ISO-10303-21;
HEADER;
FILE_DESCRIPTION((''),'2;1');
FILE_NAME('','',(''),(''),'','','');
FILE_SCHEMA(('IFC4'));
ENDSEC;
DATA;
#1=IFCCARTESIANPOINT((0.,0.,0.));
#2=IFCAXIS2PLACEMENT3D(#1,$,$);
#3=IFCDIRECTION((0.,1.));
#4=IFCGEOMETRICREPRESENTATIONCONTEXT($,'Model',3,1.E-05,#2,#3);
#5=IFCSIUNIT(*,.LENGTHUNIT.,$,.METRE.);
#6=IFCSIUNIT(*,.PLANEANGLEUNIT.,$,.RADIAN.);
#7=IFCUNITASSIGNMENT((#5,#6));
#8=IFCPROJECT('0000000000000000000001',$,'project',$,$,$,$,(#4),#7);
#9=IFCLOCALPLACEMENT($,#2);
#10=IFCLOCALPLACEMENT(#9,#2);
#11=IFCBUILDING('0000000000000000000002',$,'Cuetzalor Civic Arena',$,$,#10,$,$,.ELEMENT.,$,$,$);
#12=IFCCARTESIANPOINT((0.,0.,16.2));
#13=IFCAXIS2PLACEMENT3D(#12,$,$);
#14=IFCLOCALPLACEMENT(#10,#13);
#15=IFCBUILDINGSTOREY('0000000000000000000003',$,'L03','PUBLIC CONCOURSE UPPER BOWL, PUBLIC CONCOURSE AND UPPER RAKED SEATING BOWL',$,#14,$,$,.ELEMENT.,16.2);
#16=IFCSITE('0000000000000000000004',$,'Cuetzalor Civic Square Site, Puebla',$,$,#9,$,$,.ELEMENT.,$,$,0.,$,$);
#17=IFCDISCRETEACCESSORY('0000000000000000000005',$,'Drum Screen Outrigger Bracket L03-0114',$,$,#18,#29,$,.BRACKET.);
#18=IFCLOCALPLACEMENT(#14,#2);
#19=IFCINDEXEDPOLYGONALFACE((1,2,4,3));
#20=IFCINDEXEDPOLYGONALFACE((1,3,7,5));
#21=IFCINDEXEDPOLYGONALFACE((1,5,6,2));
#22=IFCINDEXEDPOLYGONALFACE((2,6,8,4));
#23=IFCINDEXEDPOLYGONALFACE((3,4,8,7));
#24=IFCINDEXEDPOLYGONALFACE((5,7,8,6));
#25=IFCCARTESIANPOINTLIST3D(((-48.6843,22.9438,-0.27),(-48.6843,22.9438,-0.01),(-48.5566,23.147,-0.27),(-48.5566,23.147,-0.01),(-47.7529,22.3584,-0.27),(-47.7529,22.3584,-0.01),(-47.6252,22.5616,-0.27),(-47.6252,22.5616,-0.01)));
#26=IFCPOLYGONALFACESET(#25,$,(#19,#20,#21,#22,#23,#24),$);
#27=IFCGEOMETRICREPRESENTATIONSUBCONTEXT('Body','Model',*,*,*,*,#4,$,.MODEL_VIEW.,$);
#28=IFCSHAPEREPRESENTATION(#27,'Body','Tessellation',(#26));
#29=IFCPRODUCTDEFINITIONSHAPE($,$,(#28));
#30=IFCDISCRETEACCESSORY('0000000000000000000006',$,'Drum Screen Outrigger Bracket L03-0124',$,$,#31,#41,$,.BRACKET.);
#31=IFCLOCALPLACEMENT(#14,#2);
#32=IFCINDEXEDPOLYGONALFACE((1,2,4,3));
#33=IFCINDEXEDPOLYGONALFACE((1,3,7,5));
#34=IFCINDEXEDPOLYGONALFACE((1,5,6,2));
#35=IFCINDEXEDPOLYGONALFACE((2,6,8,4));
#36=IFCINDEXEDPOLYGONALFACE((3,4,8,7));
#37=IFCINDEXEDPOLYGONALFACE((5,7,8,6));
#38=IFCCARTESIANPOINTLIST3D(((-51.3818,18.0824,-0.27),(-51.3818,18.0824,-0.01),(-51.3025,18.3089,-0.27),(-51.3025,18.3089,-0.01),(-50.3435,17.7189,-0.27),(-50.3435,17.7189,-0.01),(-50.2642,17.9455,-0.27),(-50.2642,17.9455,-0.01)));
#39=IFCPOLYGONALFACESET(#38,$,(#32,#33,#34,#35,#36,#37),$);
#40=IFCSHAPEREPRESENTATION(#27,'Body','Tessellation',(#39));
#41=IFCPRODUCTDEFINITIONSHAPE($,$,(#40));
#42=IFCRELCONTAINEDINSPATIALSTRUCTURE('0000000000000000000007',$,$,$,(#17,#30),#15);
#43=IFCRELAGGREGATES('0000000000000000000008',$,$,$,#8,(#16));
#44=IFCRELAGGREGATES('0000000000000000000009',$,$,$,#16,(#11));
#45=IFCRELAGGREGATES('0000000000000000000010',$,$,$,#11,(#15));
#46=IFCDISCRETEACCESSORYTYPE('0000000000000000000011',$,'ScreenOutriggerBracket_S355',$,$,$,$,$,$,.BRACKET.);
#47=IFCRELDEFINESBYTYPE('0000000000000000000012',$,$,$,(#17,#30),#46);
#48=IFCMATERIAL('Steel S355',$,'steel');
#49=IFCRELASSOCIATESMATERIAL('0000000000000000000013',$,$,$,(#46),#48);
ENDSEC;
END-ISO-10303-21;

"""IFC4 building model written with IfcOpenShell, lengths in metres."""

from ifc_helpers import new_model, si_unit, direction, frame, origin, origin_2d, place, context, subcontext, project, spatial, rectangle, extrude, material, type_object, element, save


model = new_model("IFC4")

# Units and contexts
model_context = context("Model", 3, precision=1e-05, world=origin(), true_north=direction((0.0, 1.0)))
body_context = subcontext(model_context, "Body", "Model", "MODEL_VIEW")
ifc_project = project(units=[si_unit("LENGTHUNIT", "METRE"), si_unit("PLANEANGLEUNIT", "RADIAN")], contexts=[model_context])

# Site, building, storey
site_placement = place(None, origin())
site = spatial("IfcSite", under=ifc_project, at=site_placement, Name="Cuetzalor Civic Square Site, Puebla", CompositionType="ELEMENT", RefElevation=0.0)
building_placement = place(site_placement, origin())
building = spatial("IfcBuilding", under=site, at=building_placement, Name="Cuetzalor Civic Arena", CompositionType="ELEMENT")
storey_placement = place(building_placement, frame((0.0, 0.0, 16.2)))
storey = spatial("IfcBuildingStorey", under=building, at=storey_placement, Name="L03", Description="PUBLIC CONCOURSE UPPER BOWL, PUBLIC CONCOURSE AND UPPER RAKED SEATING BOWL", CompositionType="ELEMENT", Elevation=16.2)

# Discrete accessories
ifc_material_1 = material(Name="Steel S355", Category="steel")
discrete_accessory_type = type_object("IfcDiscreteAccessoryType", Name="ScreenOutriggerBracket_S355", PredefinedType="BRACKET", material=ifc_material_1)
for number, where, z_axis, x_axis, name in (
    (1, (-48.1548, 22.7527, -0.27), (0.0, 0.0, 1.0), (-0.846658, 0.532138, 0.0), "Drum Screen Outrigger Bracket L03-0114"),
    (2, (-50.823, 18.0139, -0.27), (0.0, 0.0, 1.0), (-0.943859, 0.33035, 0.0), "Drum Screen Outrigger Bracket L03-0124"),
):
    element("IfcDiscreteAccessory", number, at=place(storey_placement, frame(where, z_axis=z_axis, x_axis=x_axis)), inside=storey, type_object=discrete_accessory_type, Name=name, PredefinedType="BRACKET", context=body_context, shape_type="SweptSolid", body=[
        extrude(rectangle(XDim=1.1001, YDim=0.24, at=origin_2d()), origin(), (0.0, 0.0, 1.0), 0.26),
    ])

save(model, "model.ifc")
